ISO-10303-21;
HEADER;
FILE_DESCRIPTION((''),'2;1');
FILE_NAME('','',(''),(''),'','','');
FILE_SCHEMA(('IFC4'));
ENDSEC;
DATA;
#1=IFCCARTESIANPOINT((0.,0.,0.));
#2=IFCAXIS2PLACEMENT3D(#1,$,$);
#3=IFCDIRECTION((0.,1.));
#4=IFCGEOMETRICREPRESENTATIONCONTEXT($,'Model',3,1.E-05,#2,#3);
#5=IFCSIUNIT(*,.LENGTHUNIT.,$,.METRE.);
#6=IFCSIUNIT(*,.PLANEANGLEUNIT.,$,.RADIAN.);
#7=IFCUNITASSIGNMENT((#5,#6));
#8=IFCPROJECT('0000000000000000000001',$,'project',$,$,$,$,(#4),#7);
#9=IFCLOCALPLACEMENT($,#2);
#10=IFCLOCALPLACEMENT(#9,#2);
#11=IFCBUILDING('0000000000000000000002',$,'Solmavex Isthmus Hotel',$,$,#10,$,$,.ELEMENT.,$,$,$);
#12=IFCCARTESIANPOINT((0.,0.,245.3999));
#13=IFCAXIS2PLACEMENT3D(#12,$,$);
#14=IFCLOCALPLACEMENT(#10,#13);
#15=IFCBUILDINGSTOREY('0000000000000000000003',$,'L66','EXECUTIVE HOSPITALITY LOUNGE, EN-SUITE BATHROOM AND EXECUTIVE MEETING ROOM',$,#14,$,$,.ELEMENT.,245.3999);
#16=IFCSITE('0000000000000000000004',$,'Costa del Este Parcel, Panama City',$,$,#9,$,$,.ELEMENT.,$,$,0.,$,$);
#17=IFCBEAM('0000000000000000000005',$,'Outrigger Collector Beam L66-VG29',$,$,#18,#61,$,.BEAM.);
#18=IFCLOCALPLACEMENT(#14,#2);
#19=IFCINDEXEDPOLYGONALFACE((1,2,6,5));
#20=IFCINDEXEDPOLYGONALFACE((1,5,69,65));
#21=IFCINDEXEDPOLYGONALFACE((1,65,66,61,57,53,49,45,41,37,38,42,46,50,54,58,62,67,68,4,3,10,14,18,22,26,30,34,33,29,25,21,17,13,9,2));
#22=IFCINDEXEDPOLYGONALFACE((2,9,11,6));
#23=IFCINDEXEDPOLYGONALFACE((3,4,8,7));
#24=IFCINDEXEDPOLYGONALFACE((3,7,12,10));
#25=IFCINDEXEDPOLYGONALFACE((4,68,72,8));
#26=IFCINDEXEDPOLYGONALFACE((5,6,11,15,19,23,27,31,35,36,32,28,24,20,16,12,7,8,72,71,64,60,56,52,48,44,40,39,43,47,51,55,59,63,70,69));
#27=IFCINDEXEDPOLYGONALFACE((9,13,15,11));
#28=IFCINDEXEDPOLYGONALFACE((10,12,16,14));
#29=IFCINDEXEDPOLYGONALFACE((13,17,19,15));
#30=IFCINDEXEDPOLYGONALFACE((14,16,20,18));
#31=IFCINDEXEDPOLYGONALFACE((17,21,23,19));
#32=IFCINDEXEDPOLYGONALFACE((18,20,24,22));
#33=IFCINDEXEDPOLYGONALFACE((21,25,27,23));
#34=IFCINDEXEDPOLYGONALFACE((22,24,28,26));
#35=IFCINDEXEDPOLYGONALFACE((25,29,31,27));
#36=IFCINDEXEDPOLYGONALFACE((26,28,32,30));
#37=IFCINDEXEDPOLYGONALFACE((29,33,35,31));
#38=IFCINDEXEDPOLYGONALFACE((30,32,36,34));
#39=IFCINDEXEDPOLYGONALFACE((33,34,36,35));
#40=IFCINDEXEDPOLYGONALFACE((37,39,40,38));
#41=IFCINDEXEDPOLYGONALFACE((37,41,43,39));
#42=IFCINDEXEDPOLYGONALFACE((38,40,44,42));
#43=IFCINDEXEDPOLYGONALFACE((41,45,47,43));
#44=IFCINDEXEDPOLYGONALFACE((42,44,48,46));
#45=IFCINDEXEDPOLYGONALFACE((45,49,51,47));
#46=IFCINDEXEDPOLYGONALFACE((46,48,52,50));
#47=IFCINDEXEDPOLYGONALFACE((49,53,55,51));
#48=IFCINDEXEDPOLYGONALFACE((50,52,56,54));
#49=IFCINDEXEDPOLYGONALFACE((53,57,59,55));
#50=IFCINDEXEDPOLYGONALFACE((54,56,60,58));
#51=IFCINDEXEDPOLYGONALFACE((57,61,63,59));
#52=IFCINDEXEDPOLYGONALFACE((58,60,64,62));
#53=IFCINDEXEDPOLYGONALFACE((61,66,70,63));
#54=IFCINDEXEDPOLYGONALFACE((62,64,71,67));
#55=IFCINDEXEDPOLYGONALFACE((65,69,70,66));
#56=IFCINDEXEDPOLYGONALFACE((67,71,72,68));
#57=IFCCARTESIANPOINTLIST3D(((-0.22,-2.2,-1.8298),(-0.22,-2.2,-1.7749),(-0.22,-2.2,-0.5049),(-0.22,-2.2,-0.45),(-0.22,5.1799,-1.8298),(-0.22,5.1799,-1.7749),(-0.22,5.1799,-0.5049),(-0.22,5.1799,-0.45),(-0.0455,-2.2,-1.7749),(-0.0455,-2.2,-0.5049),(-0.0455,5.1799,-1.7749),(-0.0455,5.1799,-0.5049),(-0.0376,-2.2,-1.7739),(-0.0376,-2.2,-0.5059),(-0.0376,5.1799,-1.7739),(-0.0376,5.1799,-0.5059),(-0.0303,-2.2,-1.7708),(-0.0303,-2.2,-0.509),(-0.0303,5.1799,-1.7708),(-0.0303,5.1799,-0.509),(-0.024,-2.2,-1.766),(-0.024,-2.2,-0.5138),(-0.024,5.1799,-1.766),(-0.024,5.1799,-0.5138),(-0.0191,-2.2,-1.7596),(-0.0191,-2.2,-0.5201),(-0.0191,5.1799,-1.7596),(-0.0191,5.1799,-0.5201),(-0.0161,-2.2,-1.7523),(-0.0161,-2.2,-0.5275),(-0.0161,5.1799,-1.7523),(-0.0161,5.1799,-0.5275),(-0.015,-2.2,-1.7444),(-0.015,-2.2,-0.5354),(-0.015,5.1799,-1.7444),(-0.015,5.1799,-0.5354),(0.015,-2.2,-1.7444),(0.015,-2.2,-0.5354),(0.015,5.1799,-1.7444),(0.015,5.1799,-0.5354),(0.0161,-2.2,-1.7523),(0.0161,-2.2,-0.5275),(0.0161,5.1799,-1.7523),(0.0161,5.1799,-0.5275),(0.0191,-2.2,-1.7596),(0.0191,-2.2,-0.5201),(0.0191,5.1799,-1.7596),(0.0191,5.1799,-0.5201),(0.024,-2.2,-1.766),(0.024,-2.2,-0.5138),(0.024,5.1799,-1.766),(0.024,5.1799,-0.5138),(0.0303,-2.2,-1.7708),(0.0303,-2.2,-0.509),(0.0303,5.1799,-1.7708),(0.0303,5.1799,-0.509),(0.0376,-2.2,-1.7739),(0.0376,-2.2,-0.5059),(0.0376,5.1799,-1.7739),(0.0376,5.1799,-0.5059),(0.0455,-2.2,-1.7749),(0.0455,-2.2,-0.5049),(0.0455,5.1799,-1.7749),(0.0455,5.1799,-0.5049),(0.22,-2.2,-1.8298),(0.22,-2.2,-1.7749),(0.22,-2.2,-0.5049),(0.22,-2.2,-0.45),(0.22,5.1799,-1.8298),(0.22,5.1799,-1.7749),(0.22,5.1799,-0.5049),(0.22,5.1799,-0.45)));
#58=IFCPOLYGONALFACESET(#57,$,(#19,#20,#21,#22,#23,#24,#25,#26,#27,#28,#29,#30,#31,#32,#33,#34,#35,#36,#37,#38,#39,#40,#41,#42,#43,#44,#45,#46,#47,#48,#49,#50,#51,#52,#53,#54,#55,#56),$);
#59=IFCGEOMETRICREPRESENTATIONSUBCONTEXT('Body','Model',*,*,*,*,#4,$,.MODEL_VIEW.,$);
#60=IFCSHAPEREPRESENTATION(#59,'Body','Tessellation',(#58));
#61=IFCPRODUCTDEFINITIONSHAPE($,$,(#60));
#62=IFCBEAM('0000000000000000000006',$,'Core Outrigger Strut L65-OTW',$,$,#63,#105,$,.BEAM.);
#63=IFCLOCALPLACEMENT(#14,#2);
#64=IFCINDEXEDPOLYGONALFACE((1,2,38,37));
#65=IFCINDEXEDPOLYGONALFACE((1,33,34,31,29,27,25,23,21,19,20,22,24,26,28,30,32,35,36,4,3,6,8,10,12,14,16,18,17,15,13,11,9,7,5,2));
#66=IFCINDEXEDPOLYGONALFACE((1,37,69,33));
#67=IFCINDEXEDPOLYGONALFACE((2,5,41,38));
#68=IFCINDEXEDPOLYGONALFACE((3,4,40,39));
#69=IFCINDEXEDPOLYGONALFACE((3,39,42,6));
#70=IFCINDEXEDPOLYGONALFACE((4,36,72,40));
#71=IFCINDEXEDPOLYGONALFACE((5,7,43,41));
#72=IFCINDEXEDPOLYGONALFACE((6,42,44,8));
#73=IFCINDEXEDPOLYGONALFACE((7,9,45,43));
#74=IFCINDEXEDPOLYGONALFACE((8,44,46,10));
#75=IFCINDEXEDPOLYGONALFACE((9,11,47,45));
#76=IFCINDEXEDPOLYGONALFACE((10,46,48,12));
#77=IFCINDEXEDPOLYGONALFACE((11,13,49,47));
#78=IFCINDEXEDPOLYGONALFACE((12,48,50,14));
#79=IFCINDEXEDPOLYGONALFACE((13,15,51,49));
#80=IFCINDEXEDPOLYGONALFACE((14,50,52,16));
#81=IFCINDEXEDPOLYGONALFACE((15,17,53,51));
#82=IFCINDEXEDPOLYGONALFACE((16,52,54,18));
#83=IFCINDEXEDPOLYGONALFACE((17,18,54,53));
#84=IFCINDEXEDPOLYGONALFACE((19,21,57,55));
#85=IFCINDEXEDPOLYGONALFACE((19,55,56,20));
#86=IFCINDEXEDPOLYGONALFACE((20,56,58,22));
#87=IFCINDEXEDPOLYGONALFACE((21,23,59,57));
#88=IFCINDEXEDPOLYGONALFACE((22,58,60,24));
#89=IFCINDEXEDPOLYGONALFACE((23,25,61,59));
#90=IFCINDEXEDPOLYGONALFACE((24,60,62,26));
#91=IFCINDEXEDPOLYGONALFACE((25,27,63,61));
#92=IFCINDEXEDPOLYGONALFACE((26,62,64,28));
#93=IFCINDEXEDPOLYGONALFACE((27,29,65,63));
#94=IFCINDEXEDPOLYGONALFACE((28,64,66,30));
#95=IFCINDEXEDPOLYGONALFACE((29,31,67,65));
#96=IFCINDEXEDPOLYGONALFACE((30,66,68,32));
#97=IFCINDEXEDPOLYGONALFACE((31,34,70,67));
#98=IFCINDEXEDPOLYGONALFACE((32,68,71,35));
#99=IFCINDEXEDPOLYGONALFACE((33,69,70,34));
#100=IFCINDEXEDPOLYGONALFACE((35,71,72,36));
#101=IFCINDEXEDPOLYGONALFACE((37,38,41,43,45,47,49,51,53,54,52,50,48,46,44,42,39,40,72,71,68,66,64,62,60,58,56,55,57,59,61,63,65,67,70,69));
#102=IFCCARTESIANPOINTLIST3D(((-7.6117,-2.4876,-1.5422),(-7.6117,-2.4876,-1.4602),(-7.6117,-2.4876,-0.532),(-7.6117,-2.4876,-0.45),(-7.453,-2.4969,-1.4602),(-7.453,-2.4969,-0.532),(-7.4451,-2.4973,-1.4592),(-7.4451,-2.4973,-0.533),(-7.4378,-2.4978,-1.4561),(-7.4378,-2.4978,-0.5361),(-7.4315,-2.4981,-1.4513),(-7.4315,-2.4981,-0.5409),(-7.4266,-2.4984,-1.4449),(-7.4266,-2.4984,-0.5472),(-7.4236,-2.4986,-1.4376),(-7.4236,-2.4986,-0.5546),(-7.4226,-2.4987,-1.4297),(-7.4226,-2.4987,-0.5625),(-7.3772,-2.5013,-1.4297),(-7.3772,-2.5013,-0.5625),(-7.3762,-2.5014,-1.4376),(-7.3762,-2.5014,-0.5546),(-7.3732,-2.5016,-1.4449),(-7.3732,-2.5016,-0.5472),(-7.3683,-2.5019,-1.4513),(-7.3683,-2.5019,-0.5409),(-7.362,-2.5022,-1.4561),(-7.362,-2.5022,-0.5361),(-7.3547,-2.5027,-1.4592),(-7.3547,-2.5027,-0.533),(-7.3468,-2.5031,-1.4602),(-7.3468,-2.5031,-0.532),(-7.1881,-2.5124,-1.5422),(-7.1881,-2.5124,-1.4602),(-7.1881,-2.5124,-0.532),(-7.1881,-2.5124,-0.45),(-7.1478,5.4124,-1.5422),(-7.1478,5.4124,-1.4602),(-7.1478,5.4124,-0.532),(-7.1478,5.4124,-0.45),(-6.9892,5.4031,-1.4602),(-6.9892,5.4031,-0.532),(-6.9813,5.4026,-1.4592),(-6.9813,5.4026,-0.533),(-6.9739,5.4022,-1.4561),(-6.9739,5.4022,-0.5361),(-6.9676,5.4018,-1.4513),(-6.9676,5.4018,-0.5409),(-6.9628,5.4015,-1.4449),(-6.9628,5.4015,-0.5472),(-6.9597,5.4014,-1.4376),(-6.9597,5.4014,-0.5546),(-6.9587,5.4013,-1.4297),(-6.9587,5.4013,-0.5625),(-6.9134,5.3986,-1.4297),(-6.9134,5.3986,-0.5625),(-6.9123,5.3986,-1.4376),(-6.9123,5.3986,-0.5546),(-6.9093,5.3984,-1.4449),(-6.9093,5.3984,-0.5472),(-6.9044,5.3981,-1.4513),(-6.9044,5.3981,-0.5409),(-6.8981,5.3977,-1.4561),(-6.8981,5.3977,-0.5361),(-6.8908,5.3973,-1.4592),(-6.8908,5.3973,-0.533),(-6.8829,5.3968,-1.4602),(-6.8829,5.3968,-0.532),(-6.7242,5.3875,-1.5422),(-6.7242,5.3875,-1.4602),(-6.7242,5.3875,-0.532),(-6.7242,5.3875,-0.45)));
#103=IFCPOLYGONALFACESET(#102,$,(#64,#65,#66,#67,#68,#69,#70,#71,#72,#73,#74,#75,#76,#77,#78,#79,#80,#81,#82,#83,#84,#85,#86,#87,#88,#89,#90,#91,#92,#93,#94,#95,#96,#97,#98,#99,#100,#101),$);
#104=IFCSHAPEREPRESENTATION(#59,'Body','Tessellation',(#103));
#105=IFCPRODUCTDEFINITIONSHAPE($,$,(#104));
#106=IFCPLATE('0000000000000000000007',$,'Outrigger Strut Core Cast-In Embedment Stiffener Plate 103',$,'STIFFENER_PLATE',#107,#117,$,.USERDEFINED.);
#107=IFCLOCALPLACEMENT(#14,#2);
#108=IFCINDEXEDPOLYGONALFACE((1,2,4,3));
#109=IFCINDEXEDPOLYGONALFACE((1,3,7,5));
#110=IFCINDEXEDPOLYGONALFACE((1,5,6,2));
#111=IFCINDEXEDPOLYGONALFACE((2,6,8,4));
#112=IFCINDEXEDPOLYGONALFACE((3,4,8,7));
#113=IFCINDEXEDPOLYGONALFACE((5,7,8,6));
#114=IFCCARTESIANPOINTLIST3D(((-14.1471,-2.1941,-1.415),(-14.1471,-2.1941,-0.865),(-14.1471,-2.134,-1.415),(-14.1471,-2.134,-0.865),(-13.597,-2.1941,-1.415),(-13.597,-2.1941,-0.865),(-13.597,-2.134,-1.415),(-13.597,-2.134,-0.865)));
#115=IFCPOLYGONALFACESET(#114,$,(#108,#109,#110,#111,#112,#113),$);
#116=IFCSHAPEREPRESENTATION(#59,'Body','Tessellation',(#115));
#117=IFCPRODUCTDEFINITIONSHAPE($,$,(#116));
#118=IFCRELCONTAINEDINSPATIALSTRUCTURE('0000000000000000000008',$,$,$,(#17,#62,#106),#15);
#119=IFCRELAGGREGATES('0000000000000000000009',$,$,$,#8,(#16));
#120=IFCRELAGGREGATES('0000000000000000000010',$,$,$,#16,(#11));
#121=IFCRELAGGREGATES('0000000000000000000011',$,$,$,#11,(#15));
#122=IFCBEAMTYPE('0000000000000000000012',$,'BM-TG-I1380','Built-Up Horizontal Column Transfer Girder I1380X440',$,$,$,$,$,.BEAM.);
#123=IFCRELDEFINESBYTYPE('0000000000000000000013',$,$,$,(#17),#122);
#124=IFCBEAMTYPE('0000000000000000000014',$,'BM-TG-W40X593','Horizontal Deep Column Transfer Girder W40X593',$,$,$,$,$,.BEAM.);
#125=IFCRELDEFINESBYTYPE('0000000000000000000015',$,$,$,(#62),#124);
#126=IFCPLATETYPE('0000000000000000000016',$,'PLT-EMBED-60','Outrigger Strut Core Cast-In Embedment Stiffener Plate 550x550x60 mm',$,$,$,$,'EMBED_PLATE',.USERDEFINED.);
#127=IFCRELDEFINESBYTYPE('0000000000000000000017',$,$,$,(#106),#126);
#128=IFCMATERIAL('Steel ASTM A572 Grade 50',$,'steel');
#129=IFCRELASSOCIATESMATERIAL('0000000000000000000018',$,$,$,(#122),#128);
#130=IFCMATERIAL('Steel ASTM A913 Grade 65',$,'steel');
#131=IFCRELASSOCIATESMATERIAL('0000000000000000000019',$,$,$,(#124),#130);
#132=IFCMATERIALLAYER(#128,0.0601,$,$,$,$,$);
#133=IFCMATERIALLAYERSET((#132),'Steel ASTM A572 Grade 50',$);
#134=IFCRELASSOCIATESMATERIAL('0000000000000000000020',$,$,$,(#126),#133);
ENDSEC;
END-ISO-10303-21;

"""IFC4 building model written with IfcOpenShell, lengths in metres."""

from ifc_helpers import new_model, si_unit, direction, frame, origin, origin_2d, place, context, subcontext, project, spatial, rectangle, i_section, extrude, material, layer, layer_set, material_profile, profile_set, type_object, element, save


model = new_model("IFC4")

# Units and contexts
model_context = context("Model", 3, precision=1e-05, world=origin(), true_north=direction((0.0, 1.0)))
body_context = subcontext(model_context, "Body", "Model", "MODEL_VIEW")
ifc_project = project(units=[si_unit("LENGTHUNIT", "METRE"), si_unit("PLANEANGLEUNIT", "RADIAN")], contexts=[model_context])

# Site, building, storey
site_placement = place(None, origin())
site = spatial("IfcSite", under=ifc_project, at=site_placement, Name="Costa del Este Parcel, Panama City", CompositionType="ELEMENT", RefElevation=0.0)
building_placement = place(site_placement, origin())
building = spatial("IfcBuilding", under=site, at=building_placement, Name="Solmavex Isthmus Hotel", CompositionType="ELEMENT")
storey_placement = place(building_placement, frame((0.0, 0.0, 245.3999)))
storey = spatial("IfcBuildingStorey", under=building, at=storey_placement, Name="L66", Description="EXECUTIVE HOSPITALITY LOUNGE, EN-SUITE BATHROOM AND EXECUTIVE MEETING ROOM", CompositionType="ELEMENT", Elevation=245.3999)

# Shared definitions
ifc_material_1 = material(Name="Steel ASTM A913 Grade 65", Category="steel")

# Beams
ifc_material_2 = material(Name="Steel ASTM A572 Grade 50", Category="steel")
ifc_material_profile_1 = material_profile(ifc_material_2, i_section(OverallWidth=0.4399, OverallDepth=1.3799, WebThickness=0.03, FlangeThickness=0.0549, FilletRadius=0.0305, at=origin_2d()), Name="I1380X440")
ifc_profile_set_1 = profile_set([ifc_material_profile_1], Name="Steel ASTM A572 Grade 50")
beam_type_1 = type_object("IfcBeamType", Name="BM-TG-I1380", Description="Built-Up Horizontal Column Transfer Girder I1380X440", PredefinedType="BEAM", material=ifc_profile_set_1)
for number, where, z_axis, x_axis, name in (
    (1, (0.0, -2.2, -1.1399), (0.0, 1.0, 0.0), (-1.0, 0.0, 0.0), "Outrigger Collector Beam L66-VG29"),
):
    element("IfcBeam", number, at=place(storey_placement, frame(where, z_axis=z_axis, x_axis=x_axis)), inside=storey, type_object=beam_type_1, Name=name, PredefinedType="BEAM", context=body_context, shape_type="SweptSolid", body=[
        extrude(i_section(OverallWidth=0.4399, OverallDepth=1.3799, WebThickness=0.03, FlangeThickness=0.0549, FilletRadius=0.0305, at=origin_2d()), origin(), (0.0, 0.0, 1.0), 7.3799),
    ])
ifc_material_profile_2 = material_profile(ifc_material_1, i_section(OverallWidth=0.4243, OverallDepth=1.0923, WebThickness=0.0454, FlangeThickness=0.082, FilletRadius=0.0305, at=origin_2d()), Name="W40X593")
ifc_profile_set_2 = profile_set([ifc_material_profile_2], Name="Steel ASTM A913 Grade 65")
beam_type_2 = type_object("IfcBeamType", Name="BM-TG-W40X593", Description="Horizontal Deep Column Transfer Girder W40X593", PredefinedType="BEAM", material=ifc_profile_set_2)
beam_1_placement = place(storey_placement, frame((-7.3999, -2.5, -0.9961), z_axis=(0.058617, 0.998281, 0.0), x_axis=(-0.998281, 0.058617, 0.0)))
element("IfcBeam", 2, at=beam_1_placement, inside=storey, type_object=beam_type_2, Name="Core Outrigger Strut L65-OTW", PredefinedType="BEAM", context=body_context, shape_type="SweptSolid", body=[
    extrude(i_section(OverallWidth=0.4243, OverallDepth=1.0923, WebThickness=0.0454, FlangeThickness=0.082, FilletRadius=0.0305, at=origin_2d()), origin(), (0.0, 0.0, 1.0), 7.9136),
])

# Plate
ifc_layer_1 = layer(ifc_material_2, 0.0601)
ifc_layer_set_1 = layer_set([ifc_layer_1], Name="Steel ASTM A572 Grade 50")
plate_type = type_object("IfcPlateType", Name="PLT-EMBED-60", Description="Outrigger Strut Core Cast-In Embedment Stiffener Plate 550x550x60 mm", ElementType="EMBED_PLATE", PredefinedType="USERDEFINED", material=ifc_layer_set_1)
plate_placement = place(storey_placement, frame((-13.8721, -2.1641, -1.415), z_axis=(0.0, 0.0, 1.0), x_axis=(1.0, 0.0, 0.0)))
element("IfcPlate", 3, at=plate_placement, inside=storey, type_object=plate_type, Name="Outrigger Strut Core Cast-In Embedment Stiffener Plate 103", ObjectType="STIFFENER_PLATE", PredefinedType="USERDEFINED", context=body_context, shape_type="SweptSolid", body=[
    extrude(rectangle(XDim=0.55, YDim=0.0601, at=origin_2d()), origin(), (0.0, 0.0, 1.0), 0.55),
])

save(model, "model.ifc")
